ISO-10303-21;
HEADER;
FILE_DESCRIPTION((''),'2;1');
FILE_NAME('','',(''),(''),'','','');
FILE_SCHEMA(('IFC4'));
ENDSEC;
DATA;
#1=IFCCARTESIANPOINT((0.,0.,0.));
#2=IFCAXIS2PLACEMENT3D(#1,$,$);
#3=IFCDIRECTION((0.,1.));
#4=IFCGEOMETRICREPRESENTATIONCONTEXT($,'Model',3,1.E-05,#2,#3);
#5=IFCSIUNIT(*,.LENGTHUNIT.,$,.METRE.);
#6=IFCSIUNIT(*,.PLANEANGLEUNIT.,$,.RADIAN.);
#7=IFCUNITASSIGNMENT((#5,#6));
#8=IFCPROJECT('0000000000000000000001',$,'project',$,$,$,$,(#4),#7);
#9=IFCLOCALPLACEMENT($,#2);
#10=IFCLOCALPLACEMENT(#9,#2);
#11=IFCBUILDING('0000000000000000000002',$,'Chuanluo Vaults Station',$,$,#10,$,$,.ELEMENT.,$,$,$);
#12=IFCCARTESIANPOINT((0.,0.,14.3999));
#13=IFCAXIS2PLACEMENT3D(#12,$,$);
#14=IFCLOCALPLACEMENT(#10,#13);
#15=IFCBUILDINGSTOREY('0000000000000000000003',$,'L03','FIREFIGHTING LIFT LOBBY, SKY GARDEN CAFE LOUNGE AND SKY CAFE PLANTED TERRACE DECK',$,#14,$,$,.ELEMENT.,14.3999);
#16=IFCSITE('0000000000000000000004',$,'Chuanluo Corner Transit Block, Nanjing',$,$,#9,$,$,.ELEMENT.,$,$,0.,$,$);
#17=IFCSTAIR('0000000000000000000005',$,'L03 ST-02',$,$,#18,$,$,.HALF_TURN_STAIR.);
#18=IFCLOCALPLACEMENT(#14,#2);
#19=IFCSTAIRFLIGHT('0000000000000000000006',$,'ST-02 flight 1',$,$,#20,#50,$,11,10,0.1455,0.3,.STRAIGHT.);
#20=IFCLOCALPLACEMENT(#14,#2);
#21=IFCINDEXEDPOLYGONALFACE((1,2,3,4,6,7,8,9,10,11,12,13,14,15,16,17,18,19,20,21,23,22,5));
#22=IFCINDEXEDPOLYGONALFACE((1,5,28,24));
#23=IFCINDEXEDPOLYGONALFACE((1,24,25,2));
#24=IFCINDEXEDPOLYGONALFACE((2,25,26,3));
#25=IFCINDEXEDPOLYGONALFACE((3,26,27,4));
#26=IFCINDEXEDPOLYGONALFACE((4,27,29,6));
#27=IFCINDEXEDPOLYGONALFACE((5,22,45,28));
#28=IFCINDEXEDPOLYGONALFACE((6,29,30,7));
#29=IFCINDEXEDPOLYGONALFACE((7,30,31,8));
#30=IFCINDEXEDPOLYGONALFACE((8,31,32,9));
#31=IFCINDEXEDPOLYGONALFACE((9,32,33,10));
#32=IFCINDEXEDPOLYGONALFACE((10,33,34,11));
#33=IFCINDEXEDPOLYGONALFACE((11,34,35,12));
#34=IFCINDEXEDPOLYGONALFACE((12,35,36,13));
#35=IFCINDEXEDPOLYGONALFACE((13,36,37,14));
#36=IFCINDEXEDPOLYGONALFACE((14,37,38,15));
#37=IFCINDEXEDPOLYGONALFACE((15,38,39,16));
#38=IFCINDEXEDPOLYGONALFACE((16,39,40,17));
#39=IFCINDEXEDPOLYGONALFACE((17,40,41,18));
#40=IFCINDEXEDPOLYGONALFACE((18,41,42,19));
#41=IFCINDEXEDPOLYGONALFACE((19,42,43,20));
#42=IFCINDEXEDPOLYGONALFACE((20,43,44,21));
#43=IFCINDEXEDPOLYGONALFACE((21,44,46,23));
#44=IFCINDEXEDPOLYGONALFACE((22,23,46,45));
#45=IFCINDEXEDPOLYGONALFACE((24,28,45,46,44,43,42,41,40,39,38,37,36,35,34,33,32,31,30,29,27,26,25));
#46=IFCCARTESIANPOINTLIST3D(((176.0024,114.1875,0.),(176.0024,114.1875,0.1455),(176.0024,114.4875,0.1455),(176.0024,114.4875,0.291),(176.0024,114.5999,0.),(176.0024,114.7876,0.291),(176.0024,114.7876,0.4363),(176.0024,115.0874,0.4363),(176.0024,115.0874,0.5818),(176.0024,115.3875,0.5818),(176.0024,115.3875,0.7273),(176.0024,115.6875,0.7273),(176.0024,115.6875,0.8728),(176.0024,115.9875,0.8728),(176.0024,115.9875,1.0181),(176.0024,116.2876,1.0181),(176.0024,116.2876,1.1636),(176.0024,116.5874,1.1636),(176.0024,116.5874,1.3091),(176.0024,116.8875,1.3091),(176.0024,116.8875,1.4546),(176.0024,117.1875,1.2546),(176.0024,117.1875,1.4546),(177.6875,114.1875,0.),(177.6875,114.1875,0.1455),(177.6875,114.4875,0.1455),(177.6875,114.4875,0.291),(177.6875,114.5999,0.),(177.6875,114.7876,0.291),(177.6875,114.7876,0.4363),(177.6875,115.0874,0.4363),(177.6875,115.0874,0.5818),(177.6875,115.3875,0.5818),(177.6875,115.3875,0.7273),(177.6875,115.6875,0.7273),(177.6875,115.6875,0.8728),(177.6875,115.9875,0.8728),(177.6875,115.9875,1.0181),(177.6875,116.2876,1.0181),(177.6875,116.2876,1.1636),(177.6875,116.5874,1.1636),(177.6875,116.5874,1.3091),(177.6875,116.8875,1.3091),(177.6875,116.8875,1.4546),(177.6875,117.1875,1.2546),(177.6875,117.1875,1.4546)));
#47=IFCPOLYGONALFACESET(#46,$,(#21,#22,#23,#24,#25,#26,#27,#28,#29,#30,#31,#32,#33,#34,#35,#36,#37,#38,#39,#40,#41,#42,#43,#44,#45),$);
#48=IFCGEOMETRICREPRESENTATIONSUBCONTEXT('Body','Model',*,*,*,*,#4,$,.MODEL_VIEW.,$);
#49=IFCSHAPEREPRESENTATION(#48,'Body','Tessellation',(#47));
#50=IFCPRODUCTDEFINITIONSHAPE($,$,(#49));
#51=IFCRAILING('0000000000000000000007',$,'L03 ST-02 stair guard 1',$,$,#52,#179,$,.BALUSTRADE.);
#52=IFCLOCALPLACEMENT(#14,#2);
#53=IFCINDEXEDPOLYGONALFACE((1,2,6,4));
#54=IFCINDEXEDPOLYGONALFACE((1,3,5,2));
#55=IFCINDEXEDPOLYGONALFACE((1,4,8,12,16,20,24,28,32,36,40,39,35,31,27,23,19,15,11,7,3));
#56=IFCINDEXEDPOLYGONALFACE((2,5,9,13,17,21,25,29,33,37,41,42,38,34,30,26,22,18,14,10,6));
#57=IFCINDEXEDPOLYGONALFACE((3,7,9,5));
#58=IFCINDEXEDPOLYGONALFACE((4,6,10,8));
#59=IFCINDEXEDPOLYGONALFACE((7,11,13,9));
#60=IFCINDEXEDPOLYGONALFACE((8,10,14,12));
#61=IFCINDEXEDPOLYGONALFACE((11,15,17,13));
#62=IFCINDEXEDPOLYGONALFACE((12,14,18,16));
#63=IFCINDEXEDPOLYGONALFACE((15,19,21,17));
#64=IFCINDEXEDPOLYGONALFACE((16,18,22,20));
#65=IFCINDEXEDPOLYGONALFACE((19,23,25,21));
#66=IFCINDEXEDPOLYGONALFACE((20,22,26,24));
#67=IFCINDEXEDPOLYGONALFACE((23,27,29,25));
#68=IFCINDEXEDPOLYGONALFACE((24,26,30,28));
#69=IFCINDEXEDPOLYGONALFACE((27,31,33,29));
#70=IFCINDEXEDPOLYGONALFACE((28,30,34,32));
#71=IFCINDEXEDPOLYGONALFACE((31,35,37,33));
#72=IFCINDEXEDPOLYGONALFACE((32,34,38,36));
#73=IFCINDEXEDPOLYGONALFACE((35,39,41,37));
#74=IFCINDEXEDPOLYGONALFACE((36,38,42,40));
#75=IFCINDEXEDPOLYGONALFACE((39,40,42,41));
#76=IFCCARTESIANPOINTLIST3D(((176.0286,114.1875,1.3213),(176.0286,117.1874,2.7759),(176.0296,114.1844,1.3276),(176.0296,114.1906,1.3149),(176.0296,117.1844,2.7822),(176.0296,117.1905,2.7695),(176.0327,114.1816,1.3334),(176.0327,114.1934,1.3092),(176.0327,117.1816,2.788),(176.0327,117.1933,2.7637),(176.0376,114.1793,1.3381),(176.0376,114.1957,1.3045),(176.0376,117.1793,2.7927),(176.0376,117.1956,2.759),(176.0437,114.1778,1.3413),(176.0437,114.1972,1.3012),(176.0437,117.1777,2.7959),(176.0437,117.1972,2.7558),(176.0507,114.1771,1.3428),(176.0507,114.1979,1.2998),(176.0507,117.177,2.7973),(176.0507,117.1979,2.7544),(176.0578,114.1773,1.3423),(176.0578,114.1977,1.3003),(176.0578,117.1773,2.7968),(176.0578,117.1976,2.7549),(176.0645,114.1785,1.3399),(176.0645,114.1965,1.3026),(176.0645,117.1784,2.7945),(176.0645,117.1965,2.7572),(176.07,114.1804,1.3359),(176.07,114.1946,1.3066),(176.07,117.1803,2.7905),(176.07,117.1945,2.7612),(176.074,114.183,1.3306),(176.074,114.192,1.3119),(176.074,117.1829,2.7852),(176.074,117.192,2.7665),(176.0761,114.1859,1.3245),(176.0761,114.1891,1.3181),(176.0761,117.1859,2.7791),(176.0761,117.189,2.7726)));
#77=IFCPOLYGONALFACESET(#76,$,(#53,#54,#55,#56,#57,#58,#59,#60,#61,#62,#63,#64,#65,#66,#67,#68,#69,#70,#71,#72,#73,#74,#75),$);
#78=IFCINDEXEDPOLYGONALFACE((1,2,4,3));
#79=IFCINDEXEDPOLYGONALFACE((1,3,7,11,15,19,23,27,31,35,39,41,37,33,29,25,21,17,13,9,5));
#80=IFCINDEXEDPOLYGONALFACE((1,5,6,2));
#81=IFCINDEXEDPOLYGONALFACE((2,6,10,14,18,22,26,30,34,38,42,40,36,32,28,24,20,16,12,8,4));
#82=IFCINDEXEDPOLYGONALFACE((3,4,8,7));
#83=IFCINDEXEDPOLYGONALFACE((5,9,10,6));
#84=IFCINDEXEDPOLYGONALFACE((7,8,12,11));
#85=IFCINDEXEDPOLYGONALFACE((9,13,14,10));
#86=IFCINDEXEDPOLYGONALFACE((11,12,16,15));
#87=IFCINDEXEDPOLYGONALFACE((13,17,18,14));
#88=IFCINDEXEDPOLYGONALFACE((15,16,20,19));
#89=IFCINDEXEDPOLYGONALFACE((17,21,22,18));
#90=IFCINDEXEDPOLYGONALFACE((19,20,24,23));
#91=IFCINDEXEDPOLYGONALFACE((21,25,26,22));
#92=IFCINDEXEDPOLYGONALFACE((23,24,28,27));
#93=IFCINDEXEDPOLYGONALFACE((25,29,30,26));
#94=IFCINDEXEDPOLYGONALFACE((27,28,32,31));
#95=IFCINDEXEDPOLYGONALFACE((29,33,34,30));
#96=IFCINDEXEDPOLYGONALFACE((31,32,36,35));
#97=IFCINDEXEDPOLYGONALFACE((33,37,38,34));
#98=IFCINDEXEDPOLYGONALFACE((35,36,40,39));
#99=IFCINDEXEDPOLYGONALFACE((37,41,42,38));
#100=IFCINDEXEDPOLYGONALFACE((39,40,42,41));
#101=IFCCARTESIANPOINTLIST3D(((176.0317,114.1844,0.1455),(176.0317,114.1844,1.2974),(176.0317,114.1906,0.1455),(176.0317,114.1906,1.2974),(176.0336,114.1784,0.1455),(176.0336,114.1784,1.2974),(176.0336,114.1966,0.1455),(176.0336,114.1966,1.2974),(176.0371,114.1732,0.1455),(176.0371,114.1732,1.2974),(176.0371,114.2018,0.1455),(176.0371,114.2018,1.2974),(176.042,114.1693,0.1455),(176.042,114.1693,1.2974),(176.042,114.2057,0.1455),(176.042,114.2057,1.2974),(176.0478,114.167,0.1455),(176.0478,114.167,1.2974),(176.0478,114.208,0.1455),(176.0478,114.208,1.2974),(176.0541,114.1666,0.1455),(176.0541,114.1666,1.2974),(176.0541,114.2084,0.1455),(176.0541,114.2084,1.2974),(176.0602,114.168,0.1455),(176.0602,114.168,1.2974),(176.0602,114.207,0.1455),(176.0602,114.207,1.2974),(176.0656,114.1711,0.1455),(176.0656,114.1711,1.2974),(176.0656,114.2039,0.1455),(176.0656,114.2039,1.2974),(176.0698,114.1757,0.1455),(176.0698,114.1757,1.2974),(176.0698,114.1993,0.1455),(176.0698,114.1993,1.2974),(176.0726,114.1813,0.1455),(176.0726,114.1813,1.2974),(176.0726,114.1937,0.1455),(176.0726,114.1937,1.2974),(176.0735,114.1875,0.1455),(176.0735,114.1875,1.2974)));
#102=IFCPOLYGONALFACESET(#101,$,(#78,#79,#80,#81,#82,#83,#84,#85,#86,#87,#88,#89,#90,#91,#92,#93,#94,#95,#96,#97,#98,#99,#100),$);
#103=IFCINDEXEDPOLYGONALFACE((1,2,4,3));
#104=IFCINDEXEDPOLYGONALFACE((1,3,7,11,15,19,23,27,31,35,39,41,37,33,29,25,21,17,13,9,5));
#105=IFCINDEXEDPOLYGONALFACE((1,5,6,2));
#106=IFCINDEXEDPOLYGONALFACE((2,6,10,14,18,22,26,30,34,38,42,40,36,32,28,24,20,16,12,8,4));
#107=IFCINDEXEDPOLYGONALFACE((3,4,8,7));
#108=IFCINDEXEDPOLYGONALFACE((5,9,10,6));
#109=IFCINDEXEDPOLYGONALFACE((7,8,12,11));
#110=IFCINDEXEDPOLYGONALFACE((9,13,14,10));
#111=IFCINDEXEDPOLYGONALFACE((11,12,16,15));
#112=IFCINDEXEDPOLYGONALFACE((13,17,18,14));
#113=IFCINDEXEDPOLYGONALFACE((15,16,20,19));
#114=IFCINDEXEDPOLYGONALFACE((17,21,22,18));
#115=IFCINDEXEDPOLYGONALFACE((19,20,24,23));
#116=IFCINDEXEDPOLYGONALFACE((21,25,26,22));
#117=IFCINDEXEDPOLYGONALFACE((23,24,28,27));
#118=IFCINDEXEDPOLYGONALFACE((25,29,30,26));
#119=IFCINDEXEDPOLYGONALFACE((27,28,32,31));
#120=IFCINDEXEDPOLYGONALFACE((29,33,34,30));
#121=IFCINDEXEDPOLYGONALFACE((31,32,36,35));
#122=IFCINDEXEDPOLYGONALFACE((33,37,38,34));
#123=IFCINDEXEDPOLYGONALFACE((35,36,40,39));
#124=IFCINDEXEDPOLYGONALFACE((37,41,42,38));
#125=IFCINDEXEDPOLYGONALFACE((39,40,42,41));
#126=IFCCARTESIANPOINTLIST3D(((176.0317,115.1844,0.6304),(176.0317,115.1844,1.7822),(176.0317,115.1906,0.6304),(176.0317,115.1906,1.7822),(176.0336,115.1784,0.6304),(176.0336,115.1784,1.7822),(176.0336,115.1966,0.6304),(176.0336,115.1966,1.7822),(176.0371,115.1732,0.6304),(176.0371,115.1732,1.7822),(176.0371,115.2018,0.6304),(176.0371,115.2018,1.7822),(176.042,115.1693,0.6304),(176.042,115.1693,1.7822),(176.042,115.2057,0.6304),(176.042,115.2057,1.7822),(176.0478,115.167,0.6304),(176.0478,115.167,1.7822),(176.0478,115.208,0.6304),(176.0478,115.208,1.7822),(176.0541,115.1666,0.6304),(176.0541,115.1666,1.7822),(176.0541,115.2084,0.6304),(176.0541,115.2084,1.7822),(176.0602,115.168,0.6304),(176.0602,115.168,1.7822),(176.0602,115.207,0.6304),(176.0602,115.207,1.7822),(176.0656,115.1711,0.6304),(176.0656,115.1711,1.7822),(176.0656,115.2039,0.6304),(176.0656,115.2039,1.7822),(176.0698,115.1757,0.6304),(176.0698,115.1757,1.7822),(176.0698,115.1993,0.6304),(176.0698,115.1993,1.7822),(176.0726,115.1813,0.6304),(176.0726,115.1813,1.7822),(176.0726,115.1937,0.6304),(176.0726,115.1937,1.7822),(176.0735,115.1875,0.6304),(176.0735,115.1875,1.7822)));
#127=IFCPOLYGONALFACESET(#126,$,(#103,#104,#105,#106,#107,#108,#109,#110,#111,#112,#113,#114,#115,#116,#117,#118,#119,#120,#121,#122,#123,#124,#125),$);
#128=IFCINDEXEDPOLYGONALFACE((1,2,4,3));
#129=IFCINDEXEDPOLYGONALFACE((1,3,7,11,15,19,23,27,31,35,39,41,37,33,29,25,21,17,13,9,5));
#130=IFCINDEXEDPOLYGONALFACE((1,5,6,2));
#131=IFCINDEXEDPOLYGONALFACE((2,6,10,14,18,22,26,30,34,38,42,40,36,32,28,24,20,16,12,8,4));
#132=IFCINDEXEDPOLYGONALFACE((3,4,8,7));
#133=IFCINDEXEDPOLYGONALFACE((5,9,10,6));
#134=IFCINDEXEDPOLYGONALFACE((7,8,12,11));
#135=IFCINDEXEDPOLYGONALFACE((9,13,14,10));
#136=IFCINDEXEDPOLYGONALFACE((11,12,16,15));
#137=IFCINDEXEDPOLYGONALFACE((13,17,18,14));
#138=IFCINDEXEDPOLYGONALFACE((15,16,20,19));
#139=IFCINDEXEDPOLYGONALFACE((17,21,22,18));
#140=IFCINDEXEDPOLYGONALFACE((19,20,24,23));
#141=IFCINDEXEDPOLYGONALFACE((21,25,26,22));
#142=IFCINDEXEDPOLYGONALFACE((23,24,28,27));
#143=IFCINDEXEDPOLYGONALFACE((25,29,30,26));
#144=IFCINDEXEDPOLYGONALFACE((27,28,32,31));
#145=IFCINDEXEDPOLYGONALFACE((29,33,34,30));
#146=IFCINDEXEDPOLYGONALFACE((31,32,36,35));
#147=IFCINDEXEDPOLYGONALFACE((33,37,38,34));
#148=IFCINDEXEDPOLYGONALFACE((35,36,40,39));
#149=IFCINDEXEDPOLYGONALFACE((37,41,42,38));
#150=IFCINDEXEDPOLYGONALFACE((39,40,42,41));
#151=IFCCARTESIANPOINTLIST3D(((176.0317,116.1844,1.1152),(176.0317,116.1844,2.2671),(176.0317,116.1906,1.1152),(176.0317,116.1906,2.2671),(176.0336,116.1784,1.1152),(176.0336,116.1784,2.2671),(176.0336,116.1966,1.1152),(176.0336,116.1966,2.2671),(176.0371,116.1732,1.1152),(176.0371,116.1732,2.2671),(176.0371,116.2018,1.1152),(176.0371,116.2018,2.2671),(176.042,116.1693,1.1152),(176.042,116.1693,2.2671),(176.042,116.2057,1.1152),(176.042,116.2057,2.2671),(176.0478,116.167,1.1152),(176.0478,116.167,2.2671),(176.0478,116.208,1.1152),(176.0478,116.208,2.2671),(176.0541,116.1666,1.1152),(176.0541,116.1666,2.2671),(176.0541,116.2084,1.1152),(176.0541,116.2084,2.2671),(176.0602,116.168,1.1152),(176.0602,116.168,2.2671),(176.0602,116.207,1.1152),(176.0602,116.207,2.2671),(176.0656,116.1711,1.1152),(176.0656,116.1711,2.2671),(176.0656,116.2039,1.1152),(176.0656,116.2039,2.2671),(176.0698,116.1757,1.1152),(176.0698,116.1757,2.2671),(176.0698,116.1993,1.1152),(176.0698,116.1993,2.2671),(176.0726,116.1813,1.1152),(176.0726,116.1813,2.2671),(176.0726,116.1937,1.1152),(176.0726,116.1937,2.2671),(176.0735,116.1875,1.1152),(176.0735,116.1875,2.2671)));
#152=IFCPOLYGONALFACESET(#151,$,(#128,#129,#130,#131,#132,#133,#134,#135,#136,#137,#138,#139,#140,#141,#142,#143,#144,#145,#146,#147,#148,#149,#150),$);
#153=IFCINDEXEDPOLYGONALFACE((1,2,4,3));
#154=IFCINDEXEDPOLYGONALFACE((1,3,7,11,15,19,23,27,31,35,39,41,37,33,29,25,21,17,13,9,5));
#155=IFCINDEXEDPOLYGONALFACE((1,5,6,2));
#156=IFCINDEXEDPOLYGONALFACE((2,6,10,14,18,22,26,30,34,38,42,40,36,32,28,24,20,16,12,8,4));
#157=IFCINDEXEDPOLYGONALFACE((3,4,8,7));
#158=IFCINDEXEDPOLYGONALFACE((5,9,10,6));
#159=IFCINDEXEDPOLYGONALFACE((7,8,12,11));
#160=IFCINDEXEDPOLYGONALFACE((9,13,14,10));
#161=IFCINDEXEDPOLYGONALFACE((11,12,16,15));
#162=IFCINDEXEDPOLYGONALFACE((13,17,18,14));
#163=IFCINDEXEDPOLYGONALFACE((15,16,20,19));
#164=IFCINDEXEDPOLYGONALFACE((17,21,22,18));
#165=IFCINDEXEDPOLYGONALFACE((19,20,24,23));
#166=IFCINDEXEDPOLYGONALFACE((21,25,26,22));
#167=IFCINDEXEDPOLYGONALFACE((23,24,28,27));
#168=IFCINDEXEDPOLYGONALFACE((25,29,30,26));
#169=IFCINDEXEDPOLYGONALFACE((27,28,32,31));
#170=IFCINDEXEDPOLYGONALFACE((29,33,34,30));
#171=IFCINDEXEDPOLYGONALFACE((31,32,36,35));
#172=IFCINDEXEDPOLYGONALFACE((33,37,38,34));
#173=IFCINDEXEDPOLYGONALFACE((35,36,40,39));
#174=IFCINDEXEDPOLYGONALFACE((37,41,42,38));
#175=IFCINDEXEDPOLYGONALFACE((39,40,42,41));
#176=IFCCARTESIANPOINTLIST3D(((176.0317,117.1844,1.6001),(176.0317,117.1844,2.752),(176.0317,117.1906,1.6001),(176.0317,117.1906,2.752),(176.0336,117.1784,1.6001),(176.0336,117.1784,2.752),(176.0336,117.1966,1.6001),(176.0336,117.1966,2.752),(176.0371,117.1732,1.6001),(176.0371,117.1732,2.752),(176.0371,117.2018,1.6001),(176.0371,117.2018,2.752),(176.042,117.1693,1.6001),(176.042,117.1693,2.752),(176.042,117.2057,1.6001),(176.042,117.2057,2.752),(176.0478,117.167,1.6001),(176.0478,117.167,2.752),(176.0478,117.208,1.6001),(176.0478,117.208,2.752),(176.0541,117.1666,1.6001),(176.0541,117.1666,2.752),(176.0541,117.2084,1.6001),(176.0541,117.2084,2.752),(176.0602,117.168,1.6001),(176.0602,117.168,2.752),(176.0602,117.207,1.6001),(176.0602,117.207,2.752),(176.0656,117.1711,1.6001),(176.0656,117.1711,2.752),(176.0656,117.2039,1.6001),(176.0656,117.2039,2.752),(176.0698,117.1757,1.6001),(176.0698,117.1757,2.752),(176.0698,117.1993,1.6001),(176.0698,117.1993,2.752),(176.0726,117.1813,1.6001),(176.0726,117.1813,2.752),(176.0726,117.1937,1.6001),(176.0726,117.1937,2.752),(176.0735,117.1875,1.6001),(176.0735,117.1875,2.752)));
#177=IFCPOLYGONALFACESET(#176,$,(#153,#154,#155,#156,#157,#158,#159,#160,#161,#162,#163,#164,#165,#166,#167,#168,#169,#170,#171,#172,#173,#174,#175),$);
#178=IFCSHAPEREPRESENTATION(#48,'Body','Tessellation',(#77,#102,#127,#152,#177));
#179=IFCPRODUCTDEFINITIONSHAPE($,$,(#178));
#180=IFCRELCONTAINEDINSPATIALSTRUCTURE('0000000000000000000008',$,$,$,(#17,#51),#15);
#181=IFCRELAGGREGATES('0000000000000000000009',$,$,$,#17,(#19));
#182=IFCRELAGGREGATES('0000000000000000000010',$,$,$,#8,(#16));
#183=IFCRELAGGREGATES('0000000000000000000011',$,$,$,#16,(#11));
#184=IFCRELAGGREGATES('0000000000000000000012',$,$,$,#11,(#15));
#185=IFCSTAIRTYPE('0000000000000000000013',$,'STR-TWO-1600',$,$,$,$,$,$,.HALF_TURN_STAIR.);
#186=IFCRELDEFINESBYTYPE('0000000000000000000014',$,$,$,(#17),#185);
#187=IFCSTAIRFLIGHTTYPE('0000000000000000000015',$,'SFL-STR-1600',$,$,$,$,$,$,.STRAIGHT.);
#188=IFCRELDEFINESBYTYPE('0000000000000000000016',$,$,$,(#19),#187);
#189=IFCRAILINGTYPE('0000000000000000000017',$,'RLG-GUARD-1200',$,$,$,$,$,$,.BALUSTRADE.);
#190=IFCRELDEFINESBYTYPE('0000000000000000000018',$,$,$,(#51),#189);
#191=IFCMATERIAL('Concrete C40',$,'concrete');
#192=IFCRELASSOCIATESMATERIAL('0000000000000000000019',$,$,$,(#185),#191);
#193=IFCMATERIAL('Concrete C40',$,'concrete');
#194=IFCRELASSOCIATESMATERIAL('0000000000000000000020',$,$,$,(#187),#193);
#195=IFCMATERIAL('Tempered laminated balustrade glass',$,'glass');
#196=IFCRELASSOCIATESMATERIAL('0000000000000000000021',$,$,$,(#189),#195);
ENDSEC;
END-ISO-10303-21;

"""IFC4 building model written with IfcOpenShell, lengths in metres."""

from ifc_helpers import new_model, si_unit, direction, frame, origin, origin_2d, place, context, subcontext, project, spatial, polyline, circle, outline, extrude, material, type_object, element, aggregate, save


model = new_model("IFC4")

# Units and contexts
model_context = context("Model", 3, precision=1e-05, world=origin(), true_north=direction((0.0, 1.0)))
body_context = subcontext(model_context, "Body", "Model", "MODEL_VIEW")
ifc_project = project(units=[si_unit("LENGTHUNIT", "METRE"), si_unit("PLANEANGLEUNIT", "RADIAN")], contexts=[model_context])

# Site, building, storey
site_placement = place(None, origin())
site = spatial("IfcSite", under=ifc_project, at=site_placement, Name="Chuanluo Corner Transit Block, Nanjing", CompositionType="ELEMENT", RefElevation=0.0)
building_placement = place(site_placement, origin())
building = spatial("IfcBuilding", under=site, at=building_placement, Name="Chuanluo Vaults Station", CompositionType="ELEMENT")
storey_placement = place(building_placement, frame((0.0, 0.0, 14.3999)))
storey = spatial("IfcBuildingStorey", under=building, at=storey_placement, Name="L03", Description="FIREFIGHTING LIFT LOBBY, SKY GARDEN CAFE LOUNGE AND SKY CAFE PLANTED TERRACE DECK", CompositionType="ELEMENT", Elevation=14.3999)

# Stair, stair flight
ifc_material_1 = material(Name="Concrete C40", Category="concrete")
stair_type = type_object("IfcStairType", Name="STR-TWO-1600", PredefinedType="HALF_TURN_STAIR", material=ifc_material_1)
stair_placement = place(storey_placement, origin())
stair = element("IfcStair", 1, at=stair_placement, inside=storey, type_object=stair_type, Name="L03 ST-02", PredefinedType="HALF_TURN_STAIR")
ifc_material_2 = material(Name="Concrete C40", Category="concrete")
stair_flight_type = type_object("IfcStairFlightType", Name="SFL-STR-1600", PredefinedType="STRAIGHT", material=ifc_material_2)
stair_flight_placement = place(storey_placement, frame((176.845, 114.1875, 0.0), z_axis=(0.0, 0.0, 1.0), x_axis=(0.0, 1.0, 0.0)))
stair_flight = element("IfcStairFlight", 2, at=stair_flight_placement, type_object=stair_flight_type, Name="ST-02 flight 1", NumberOfRisers=11, NumberOfTreads=10, PredefinedType="STRAIGHT", RiserHeight=0.1455, TreadLength=0.3, context=body_context, shape_type="SweptSolid", body=[
    extrude(outline(polyline([(0.0, 0.0), (0.0, 0.1455), (0.3, 0.1455), (0.3, 0.291), (0.6001, 0.291), (0.6001, 0.4363), (0.8999, 0.4363), (0.8999, 0.5818), (1.2, 0.5818), (1.2, 0.7273), (1.5, 0.7273), (1.5, 0.8728), (1.8, 0.8728), (1.8, 1.0181), (2.1001, 1.0181), (2.1001, 1.1636), (2.3999, 1.1636), (2.3999, 1.3091), (2.7, 1.3091), (2.7, 1.4546), (3.0, 1.4546), (3.0, 1.6001), (3.0, 1.2546), (0.4124, 0.0), (0.0, 0.0)])), frame((0.0, 0.8425, 0.0), z_axis=(0.0, -1.0, 0.0), x_axis=(1.0, 0.0, 0.0)), (0.0, 0.0, 1.0), 1.6851),
])
aggregate(stair, [stair_flight])

# Railing
ifc_material_3 = material(Name="Tempered laminated balustrade glass", Category="glass")
railing_type_1 = type_object("IfcRailingType", Name="RLG-GUARD-1200", PredefinedType="BALUSTRADE", material=ifc_material_3)
railing_1_placement = place(storey_placement, frame((176.0525, 114.1875, 0.1455)))
element("IfcRailing", 3, at=railing_1_placement, inside=storey, type_object=railing_type_1, Name="L03 ST-02 stair guard 1", PredefinedType="BALUSTRADE", context=body_context, shape_type="SweptSolid", body=[
    extrude(circle(Radius=0.0239, at=origin_2d()), frame((0.0, 0.0, 1.1758), z_axis=(0.0, 0.899809, 0.436284), x_axis=(-1.0, 0.0, 0.0)), (0.0, 0.0, 1.0), 3.334),
    extrude(circle(Radius=0.021, at=origin_2d()), origin(), (0.0, 0.0, 1.0), 1.1519),
    extrude(circle(Radius=0.021, at=origin_2d()), frame((0.0, 1.0, 0.4849)), (0.0, 0.0, 1.0), 1.1519),
    extrude(circle(Radius=0.021, at=origin_2d()), frame((0.0, 2.0, 0.9697)), (0.0, 0.0, 1.0), 1.1519),
    extrude(circle(Radius=0.021, at=origin_2d()), frame((0.0, 3.0, 1.4546)), (0.0, 0.0, 1.0), 1.1519),
])

save(model, "model.ifc")
